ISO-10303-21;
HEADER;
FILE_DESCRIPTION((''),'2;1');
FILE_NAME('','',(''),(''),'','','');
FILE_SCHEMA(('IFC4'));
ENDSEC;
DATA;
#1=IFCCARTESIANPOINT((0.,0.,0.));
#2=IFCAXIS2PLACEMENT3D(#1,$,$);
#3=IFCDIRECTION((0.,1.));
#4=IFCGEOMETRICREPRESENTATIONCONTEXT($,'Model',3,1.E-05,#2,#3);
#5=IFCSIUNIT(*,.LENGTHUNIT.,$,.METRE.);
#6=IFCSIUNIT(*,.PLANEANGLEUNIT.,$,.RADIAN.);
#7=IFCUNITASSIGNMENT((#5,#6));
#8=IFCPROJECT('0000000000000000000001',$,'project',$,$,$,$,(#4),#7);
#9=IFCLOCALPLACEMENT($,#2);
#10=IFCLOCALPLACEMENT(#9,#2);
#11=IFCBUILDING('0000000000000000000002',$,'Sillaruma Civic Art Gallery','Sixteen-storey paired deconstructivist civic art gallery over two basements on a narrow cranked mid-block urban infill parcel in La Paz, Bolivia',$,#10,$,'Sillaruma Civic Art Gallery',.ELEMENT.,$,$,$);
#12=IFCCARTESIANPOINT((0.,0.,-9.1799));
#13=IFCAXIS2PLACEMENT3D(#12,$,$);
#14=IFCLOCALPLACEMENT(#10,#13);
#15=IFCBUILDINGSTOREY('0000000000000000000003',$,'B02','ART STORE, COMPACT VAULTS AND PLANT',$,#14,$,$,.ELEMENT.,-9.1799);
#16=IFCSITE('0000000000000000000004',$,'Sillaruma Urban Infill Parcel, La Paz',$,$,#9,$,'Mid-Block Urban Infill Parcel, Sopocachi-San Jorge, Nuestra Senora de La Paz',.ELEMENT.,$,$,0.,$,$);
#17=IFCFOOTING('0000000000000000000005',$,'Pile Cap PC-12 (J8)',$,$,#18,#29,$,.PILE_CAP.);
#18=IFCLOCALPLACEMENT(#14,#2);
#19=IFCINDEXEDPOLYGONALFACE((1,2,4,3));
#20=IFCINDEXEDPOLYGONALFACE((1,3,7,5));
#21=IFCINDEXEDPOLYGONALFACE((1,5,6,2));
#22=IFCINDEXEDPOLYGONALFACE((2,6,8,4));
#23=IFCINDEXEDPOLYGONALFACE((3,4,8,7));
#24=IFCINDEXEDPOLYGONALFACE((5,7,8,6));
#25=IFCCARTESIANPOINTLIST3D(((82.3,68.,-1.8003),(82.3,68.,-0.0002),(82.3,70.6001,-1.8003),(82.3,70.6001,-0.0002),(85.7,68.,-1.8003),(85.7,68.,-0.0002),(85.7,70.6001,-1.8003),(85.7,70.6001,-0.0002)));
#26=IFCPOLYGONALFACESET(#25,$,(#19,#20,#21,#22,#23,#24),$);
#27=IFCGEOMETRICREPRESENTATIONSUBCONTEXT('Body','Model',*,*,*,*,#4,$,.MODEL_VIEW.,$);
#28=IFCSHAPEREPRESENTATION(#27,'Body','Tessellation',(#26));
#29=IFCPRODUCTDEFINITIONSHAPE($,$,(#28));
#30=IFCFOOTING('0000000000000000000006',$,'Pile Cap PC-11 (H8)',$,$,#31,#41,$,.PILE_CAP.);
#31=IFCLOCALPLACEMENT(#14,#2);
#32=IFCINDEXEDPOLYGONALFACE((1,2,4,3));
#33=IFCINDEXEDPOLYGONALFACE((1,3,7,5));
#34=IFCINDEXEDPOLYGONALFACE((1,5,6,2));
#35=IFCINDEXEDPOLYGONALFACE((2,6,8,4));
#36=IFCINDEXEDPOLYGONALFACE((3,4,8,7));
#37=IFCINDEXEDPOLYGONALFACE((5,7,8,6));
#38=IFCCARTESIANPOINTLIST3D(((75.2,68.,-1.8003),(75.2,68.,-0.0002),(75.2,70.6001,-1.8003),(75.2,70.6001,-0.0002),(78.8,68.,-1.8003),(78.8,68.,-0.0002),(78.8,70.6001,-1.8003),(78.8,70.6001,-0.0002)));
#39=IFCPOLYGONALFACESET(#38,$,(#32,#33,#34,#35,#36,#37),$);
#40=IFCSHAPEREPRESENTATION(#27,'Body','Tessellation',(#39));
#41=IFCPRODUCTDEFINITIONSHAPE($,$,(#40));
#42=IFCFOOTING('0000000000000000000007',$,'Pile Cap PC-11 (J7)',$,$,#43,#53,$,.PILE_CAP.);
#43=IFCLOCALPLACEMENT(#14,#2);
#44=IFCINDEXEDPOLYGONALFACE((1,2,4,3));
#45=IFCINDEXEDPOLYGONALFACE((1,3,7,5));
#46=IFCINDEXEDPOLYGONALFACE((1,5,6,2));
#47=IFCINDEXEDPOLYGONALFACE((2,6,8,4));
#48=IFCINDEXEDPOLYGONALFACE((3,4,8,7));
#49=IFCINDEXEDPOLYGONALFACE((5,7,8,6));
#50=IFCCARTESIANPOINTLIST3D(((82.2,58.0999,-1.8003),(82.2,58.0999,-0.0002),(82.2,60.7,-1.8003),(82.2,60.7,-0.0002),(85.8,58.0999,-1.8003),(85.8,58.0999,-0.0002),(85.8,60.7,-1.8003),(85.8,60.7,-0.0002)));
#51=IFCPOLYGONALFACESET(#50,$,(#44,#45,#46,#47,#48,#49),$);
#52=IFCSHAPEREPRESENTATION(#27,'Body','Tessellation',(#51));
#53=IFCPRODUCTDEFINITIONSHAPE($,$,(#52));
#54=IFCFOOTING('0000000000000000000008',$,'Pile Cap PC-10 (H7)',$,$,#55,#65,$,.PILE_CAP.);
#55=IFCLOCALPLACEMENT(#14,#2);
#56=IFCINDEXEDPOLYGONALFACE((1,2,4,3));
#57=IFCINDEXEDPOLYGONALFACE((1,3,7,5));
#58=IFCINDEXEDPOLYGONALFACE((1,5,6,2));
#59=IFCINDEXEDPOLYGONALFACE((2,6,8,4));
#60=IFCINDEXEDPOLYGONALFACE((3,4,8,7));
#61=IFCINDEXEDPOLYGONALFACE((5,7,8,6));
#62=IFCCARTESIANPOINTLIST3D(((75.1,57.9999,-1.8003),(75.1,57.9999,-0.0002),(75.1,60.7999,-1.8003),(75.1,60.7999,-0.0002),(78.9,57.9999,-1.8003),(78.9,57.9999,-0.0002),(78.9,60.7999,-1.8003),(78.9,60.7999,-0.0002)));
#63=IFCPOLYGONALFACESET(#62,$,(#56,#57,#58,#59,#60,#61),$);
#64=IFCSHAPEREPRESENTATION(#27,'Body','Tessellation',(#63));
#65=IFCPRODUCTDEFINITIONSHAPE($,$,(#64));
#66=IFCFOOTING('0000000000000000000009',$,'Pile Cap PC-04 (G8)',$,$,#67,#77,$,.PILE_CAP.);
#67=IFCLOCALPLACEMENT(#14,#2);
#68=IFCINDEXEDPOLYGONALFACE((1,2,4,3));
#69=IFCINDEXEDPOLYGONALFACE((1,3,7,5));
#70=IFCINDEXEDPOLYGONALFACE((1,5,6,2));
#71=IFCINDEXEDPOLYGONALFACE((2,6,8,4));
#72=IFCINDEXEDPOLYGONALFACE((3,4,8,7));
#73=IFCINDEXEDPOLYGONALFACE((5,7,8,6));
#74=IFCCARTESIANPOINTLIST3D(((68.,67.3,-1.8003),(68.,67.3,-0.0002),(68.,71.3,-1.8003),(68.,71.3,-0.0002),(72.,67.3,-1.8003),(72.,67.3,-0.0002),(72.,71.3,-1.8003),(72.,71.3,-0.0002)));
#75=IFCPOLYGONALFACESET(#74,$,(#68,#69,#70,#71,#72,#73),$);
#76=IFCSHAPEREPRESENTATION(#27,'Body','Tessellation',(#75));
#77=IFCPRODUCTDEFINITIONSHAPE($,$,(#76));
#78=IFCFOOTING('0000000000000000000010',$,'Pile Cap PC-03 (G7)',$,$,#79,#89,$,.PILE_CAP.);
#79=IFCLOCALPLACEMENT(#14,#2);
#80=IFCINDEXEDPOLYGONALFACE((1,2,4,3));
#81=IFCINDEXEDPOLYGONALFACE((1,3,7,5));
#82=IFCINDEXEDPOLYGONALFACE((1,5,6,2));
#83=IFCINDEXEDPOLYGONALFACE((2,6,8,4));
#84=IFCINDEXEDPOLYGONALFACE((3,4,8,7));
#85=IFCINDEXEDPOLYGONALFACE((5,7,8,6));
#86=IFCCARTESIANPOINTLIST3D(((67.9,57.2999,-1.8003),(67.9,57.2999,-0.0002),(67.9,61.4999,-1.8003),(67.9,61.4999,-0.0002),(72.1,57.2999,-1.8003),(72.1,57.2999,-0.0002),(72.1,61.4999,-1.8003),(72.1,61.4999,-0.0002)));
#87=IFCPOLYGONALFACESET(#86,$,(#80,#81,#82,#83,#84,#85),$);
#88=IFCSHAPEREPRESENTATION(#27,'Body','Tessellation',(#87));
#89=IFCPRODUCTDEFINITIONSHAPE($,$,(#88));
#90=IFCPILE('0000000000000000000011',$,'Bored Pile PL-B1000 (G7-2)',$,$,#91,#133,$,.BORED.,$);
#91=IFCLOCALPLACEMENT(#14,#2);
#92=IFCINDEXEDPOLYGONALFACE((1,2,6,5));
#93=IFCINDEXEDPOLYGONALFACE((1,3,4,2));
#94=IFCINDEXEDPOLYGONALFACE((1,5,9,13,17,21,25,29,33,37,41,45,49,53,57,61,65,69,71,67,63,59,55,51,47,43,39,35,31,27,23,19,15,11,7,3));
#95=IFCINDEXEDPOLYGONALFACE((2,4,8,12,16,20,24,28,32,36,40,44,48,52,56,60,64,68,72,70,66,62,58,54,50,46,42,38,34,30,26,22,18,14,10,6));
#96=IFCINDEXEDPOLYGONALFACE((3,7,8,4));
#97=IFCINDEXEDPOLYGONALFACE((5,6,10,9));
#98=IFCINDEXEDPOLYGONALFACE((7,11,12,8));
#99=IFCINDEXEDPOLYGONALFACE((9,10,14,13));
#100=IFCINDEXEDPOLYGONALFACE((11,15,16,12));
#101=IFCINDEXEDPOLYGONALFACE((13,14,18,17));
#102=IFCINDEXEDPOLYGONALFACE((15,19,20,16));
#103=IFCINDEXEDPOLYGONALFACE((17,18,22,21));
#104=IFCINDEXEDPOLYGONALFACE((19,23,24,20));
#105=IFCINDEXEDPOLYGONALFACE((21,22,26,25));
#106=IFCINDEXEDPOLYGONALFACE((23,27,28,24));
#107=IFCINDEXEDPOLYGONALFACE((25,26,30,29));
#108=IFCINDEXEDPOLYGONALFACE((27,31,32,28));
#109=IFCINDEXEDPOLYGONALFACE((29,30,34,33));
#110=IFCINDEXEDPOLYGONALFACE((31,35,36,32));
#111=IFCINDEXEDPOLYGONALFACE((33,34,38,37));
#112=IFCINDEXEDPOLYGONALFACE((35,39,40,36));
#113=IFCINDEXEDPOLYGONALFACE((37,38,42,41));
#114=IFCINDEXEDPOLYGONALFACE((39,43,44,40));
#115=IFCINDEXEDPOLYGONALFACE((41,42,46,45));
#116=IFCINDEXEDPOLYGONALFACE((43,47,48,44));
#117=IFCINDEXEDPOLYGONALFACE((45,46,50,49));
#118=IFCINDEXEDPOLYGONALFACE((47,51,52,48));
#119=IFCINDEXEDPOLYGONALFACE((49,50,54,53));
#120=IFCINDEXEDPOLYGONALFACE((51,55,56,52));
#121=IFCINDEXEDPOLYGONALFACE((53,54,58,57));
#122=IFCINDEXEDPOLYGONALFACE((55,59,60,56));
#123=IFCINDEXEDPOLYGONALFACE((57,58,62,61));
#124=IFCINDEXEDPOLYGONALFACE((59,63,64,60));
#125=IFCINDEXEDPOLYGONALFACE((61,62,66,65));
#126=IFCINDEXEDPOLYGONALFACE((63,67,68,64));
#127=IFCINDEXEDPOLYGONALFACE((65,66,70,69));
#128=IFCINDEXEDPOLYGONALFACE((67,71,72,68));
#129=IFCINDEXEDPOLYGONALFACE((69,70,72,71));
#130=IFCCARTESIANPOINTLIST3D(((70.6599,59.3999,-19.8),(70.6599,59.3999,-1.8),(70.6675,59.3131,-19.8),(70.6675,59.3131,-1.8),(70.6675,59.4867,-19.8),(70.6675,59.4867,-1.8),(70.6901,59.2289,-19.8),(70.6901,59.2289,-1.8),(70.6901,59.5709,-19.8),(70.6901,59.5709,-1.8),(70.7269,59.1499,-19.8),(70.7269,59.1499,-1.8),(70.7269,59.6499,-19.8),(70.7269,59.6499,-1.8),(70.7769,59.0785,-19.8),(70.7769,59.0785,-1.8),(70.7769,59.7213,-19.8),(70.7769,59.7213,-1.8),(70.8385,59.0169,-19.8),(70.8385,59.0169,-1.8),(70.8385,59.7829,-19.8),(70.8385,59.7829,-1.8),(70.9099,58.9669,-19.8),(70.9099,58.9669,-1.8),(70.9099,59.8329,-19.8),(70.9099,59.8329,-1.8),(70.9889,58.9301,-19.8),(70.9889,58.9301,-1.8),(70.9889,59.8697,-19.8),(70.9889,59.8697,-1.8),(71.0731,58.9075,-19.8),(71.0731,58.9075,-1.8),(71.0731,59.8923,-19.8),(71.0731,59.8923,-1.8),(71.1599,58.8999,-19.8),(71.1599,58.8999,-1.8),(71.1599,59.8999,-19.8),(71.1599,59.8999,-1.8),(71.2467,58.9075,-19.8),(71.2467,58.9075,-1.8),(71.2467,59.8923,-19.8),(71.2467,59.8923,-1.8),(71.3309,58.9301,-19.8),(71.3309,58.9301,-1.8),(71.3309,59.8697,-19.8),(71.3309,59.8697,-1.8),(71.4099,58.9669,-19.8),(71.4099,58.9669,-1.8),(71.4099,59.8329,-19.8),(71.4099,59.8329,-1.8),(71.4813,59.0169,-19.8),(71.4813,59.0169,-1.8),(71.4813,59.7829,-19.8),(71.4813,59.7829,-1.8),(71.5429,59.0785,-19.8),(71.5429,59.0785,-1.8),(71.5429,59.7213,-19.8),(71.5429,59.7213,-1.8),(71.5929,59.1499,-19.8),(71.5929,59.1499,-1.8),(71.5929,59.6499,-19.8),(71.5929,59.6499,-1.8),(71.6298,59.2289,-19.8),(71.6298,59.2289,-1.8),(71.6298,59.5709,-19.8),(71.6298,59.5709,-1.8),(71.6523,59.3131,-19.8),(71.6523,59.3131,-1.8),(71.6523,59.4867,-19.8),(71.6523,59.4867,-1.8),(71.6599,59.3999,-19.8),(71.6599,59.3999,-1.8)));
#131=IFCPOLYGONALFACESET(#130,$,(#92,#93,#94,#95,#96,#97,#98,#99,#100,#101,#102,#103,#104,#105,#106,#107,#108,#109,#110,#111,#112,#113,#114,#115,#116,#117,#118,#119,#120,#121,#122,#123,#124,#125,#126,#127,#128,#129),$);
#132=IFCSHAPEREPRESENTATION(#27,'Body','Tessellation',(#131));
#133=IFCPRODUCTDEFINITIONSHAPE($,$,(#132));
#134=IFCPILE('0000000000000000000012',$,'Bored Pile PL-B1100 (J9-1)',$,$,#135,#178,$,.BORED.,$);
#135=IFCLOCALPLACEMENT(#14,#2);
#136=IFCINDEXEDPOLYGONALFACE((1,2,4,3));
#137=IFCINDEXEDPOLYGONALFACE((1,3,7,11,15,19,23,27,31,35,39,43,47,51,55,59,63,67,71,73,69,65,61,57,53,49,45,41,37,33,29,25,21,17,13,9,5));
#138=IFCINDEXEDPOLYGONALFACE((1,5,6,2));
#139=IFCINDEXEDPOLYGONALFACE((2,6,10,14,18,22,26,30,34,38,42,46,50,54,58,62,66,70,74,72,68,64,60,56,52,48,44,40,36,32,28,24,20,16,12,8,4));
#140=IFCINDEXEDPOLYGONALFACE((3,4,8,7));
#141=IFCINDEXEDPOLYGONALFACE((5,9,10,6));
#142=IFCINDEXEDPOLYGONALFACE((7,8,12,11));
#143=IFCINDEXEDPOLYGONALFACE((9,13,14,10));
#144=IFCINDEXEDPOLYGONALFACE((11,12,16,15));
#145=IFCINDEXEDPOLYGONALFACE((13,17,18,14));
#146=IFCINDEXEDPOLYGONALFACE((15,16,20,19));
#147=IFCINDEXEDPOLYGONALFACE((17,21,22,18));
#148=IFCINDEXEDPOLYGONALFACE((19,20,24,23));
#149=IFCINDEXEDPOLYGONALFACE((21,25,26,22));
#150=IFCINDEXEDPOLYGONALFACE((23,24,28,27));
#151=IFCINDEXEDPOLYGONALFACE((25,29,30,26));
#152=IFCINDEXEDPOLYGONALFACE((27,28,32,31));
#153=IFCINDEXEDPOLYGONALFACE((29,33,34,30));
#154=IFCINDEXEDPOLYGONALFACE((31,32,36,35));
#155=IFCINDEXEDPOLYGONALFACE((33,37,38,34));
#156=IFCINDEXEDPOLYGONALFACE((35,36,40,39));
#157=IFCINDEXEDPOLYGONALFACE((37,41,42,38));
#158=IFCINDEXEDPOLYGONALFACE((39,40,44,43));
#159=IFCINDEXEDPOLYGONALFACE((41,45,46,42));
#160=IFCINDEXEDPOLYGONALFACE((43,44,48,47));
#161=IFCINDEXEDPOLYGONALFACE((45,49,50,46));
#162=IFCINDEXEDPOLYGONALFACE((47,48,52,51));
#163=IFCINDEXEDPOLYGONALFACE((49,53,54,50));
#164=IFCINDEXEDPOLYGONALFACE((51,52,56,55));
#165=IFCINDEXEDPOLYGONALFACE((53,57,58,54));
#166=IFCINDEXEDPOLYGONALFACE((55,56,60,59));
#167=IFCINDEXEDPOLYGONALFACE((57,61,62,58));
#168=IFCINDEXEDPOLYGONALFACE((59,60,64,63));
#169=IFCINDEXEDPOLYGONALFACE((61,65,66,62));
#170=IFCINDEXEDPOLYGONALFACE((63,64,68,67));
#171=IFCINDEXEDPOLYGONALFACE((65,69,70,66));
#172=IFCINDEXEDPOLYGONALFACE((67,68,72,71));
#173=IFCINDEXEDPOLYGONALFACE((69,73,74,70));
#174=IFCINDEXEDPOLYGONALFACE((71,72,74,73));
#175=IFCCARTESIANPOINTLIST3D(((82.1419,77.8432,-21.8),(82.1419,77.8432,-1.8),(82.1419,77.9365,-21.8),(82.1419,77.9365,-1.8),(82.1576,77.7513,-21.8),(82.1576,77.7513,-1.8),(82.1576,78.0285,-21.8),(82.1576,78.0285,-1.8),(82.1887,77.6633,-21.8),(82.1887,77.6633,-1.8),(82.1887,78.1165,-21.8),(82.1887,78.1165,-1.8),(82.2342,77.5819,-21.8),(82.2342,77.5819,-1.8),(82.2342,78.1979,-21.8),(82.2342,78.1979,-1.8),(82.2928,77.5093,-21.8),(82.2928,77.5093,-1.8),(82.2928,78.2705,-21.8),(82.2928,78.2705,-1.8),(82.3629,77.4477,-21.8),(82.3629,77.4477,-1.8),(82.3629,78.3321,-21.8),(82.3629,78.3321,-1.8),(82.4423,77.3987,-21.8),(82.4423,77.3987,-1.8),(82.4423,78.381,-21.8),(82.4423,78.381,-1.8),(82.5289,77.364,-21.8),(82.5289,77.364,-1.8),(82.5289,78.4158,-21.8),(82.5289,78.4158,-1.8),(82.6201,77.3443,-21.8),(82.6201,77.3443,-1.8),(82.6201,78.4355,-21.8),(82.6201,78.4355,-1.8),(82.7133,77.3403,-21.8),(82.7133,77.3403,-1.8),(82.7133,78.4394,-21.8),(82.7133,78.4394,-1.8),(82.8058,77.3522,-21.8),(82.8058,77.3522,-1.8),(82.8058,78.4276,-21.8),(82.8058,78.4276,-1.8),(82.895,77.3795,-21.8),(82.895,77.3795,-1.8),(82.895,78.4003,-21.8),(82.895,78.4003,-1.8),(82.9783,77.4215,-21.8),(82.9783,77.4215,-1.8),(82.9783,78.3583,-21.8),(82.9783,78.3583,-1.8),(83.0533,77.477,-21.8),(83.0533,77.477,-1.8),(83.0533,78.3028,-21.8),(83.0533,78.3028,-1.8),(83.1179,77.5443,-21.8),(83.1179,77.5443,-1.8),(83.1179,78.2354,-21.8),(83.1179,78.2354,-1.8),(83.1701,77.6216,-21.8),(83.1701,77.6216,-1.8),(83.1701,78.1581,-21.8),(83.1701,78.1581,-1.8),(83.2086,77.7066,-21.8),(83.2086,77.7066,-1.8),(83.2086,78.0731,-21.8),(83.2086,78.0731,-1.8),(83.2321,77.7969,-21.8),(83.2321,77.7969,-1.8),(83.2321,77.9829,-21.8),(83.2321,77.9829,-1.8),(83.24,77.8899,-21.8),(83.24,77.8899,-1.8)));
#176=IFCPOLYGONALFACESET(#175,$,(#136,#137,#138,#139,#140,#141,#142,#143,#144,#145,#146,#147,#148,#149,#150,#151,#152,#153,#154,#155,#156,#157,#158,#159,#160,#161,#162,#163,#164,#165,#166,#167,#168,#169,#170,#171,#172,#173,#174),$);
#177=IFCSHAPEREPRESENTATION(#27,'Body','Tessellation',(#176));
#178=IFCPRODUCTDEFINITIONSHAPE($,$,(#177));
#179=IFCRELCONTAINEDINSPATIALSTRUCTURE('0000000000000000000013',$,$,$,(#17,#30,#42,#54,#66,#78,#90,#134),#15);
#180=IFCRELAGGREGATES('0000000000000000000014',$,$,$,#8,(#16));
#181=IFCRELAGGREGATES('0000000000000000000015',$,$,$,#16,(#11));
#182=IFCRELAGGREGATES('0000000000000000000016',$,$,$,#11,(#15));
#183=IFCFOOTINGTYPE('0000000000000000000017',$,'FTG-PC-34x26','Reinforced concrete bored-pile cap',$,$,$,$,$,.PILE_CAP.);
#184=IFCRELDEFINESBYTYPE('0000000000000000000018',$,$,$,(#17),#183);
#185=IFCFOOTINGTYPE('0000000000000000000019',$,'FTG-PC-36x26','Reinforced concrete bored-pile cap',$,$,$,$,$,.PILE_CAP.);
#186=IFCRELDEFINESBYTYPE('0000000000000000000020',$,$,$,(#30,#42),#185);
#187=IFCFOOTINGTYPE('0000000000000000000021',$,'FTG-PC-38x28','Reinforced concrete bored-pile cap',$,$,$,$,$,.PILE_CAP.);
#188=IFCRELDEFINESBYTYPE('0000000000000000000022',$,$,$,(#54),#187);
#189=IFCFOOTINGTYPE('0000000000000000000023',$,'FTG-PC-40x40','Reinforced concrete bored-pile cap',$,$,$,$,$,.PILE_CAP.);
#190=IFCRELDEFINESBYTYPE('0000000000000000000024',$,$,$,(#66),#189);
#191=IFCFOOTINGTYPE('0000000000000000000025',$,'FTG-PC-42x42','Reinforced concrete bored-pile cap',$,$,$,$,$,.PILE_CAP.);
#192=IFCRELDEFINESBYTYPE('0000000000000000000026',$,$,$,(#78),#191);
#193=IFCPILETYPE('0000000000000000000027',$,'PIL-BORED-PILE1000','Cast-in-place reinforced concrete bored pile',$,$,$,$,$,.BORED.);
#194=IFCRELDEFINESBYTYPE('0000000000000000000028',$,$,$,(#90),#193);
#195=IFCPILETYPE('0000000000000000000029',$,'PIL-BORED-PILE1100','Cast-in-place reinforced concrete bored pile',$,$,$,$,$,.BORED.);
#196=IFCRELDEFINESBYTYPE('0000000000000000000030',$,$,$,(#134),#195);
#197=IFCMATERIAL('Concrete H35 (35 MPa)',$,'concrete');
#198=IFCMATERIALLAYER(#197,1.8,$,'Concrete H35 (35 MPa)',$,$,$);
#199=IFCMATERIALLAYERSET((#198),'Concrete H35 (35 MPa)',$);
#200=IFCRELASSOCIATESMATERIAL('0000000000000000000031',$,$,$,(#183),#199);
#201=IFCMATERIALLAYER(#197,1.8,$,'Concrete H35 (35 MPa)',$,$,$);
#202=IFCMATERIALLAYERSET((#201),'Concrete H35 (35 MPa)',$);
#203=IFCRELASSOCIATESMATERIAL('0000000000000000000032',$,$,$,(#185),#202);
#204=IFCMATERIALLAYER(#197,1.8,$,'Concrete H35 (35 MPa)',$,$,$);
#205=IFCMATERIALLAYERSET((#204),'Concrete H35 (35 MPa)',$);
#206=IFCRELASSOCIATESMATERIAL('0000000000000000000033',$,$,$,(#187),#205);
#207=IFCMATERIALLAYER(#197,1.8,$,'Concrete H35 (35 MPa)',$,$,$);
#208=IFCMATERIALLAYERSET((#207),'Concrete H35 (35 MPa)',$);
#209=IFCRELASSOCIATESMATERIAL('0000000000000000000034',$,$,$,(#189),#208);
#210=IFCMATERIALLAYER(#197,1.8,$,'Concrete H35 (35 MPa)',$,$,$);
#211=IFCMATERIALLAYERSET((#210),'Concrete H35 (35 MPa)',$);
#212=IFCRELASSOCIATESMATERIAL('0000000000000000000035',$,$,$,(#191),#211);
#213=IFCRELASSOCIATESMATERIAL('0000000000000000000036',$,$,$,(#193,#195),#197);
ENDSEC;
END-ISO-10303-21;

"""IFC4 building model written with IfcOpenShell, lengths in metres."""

from ifc_helpers import new_model, si_unit, direction, frame, origin, origin_2d, place, context, subcontext, project, spatial, rectangle, circle, extrude, material, layer, layer_set, material_profile, profile_set, type_object, element, save


model = new_model("IFC4")

# Units and contexts
model_context = context("Model", 3, precision=1e-05, world=origin(), true_north=direction((0.0, 1.0)))
body_context = subcontext(model_context, "Body", "Model", "MODEL_VIEW")
ifc_project = project(units=[si_unit("LENGTHUNIT", "METRE"), si_unit("PLANEANGLEUNIT", "RADIAN")], contexts=[model_context])

# Site, building, storey
site_placement = place(None, origin())
site = spatial("IfcSite", under=ifc_project, at=site_placement, Name="Sillaruma Urban Infill Parcel, La Paz", LongName="Mid-Block Urban Infill Parcel, Sopocachi-San Jorge, Nuestra Senora de La Paz", CompositionType="ELEMENT", RefElevation=0.0)
building_placement = place(site_placement, origin())
building = spatial("IfcBuilding", under=site, at=building_placement, Name="Sillaruma Civic Art Gallery", Description="Sixteen-storey paired deconstructivist civic art gallery over two basements on a narrow cranked mid-block urban infill parcel in La Paz, Bolivia", LongName="Sillaruma Civic Art Gallery", CompositionType="ELEMENT")
storey_placement = place(building_placement, frame((0.0, 0.0, -9.1799)))
storey = spatial("IfcBuildingStorey", under=building, at=storey_placement, Name="B02", Description="ART STORE, COMPACT VAULTS AND PLANT", CompositionType="ELEMENT", Elevation=-9.1799)

# Footings
ifc_material_1 = material(Name="Concrete H35 (35 MPa)", Category="concrete")
ifc_layer_1 = layer(ifc_material_1, 1.8, Name="Concrete H35 (35 MPa)")
ifc_layer_set_1 = layer_set([ifc_layer_1], Name="Concrete H35 (35 MPa)")
footing_type_1 = type_object("IfcFootingType", Name="FTG-PC-34x26", Description="Reinforced concrete bored-pile cap", PredefinedType="PILE_CAP", material=ifc_layer_set_1)
footing_1_placement = place(storey_placement, frame((84.0, 69.3, -1.8003), z_axis=(0.0, 0.0, 1.0), x_axis=(1.0, 0.0, 0.0)))
element("IfcFooting", 1, at=footing_1_placement, inside=storey, type_object=footing_type_1, Name="Pile Cap PC-12 (J8)", PredefinedType="PILE_CAP", context=body_context, shape_type="SweptSolid", body=[
    extrude(rectangle(XDim=3.3999, YDim=2.6001, at=origin_2d()), origin(), (0.0, 0.0, 1.0), 1.8),
])
ifc_layer_2 = layer(ifc_material_1, 1.8, Name="Concrete H35 (35 MPa)")
ifc_layer_set_2 = layer_set([ifc_layer_2], Name="Concrete H35 (35 MPa)")
footing_type_2 = type_object("IfcFootingType", Name="FTG-PC-36x26", Description="Reinforced concrete bored-pile cap", PredefinedType="PILE_CAP", material=ifc_layer_set_2)
for number, where, z_axis, x_axis, name in (
    (2, (77.0, 69.3, -1.8003), (0.0, 0.0, 1.0), (1.0, 0.0, 0.0), "Pile Cap PC-11 (H8)"),
    (3, (84.0, 59.3999, -1.8003), (0.0, 0.0, 1.0), (1.0, 0.0, 0.0), "Pile Cap PC-11 (J7)"),
):
    element("IfcFooting", number, at=place(storey_placement, frame(where, z_axis=z_axis, x_axis=x_axis)), inside=storey, type_object=footing_type_2, Name=name, PredefinedType="PILE_CAP", context=body_context, shape_type="SweptSolid", body=[
        extrude(rectangle(XDim=3.6001, YDim=2.6001, at=origin_2d()), origin(), (0.0, 0.0, 1.0), 1.8),
    ])
ifc_layer_3 = layer(ifc_material_1, 1.8, Name="Concrete H35 (35 MPa)")
ifc_layer_set_3 = layer_set([ifc_layer_3], Name="Concrete H35 (35 MPa)")
footing_type_3 = type_object("IfcFootingType", Name="FTG-PC-38x28", Description="Reinforced concrete bored-pile cap", PredefinedType="PILE_CAP", material=ifc_layer_set_3)
footing_2_placement = place(storey_placement, frame((77.0, 59.3999, -1.8003), z_axis=(0.0, 0.0, 1.0), x_axis=(1.0, 0.0, 0.0)))
element("IfcFooting", 4, at=footing_2_placement, inside=storey, type_object=footing_type_3, Name="Pile Cap PC-10 (H7)", PredefinedType="PILE_CAP", context=body_context, shape_type="SweptSolid", body=[
    extrude(rectangle(XDim=3.8, YDim=2.8, at=origin_2d()), origin(), (0.0, 0.0, 1.0), 1.8),
])
ifc_layer_4 = layer(ifc_material_1, 1.8, Name="Concrete H35 (35 MPa)")
ifc_layer_set_4 = layer_set([ifc_layer_4], Name="Concrete H35 (35 MPa)")
footing_type_4 = type_object("IfcFootingType", Name="FTG-PC-40x40", Description="Reinforced concrete bored-pile cap", PredefinedType="PILE_CAP", material=ifc_layer_set_4)
footing_3_placement = place(storey_placement, frame((70.0, 69.3, -1.8003), z_axis=(0.0, 0.0, 1.0), x_axis=(1.0, 0.0, 0.0)))
element("IfcFooting", 5, at=footing_3_placement, inside=storey, type_object=footing_type_4, Name="Pile Cap PC-04 (G8)", PredefinedType="PILE_CAP", context=body_context, shape_type="SweptSolid", body=[
    extrude(rectangle(XDim=4.0, YDim=4.0, at=origin_2d()), origin(), (0.0, 0.0, 1.0), 1.8),
])
ifc_layer_5 = layer(ifc_material_1, 1.8, Name="Concrete H35 (35 MPa)")
ifc_layer_set_5 = layer_set([ifc_layer_5], Name="Concrete H35 (35 MPa)")
footing_type_5 = type_object("IfcFootingType", Name="FTG-PC-42x42", Description="Reinforced concrete bored-pile cap", PredefinedType="PILE_CAP", material=ifc_layer_set_5)
footing_4_placement = place(storey_placement, frame((70.0, 59.3999, -1.8003), z_axis=(0.0, 0.0, 1.0), x_axis=(1.0, 0.0, 0.0)))
element("IfcFooting", 6, at=footing_4_placement, inside=storey, type_object=footing_type_5, Name="Pile Cap PC-03 (G7)", PredefinedType="PILE_CAP", context=body_context, shape_type="SweptSolid", body=[
    extrude(rectangle(XDim=4.2, YDim=4.2, at=origin_2d()), origin(), (0.0, 0.0, 1.0), 1.8),
])

# Piles
ifc_material_profile_1 = material_profile(ifc_material_1, circle(Radius=0.5, at=origin_2d()), Name="PILE1000")
ifc_profile_set_1 = profile_set([ifc_material_profile_1], Name="Concrete H35 (35 MPa)")
pile_type_1 = type_object("IfcPileType", Name="PIL-BORED-PILE1000", Description="Cast-in-place reinforced concrete bored pile", PredefinedType="BORED", material=ifc_profile_set_1)
pile_1_placement = place(storey_placement, frame((71.1599, 59.3999, -1.8), z_axis=(0.0, 0.0, -1.0), x_axis=(1.0, 0.0, 0.0)))
element("IfcPile", 7, at=pile_1_placement, inside=storey, type_object=pile_type_1, Name="Bored Pile PL-B1000 (G7-2)", PredefinedType="BORED", context=body_context, shape_type="SweptSolid", body=[
    extrude(circle(Radius=0.5, at=origin_2d()), origin(), (0.0, 0.0, 1.0), 18.0),
])
ifc_material_profile_2 = material_profile(ifc_material_1, circle(Radius=0.55, at=origin_2d()), Name="PILE1100")
ifc_profile_set_2 = profile_set([ifc_material_profile_2], Name="Concrete H35 (35 MPa)")
pile_type_2 = type_object("IfcPileType", Name="PIL-BORED-PILE1100", Description="Cast-in-place reinforced concrete bored pile", PredefinedType="BORED", material=ifc_profile_set_2)
pile_2_placement = place(storey_placement, frame((82.6899, 77.8899, -1.8), z_axis=(0.0, 0.0, -1.0), x_axis=(1.0, 0.0, 0.0)))
element("IfcPile", 8, at=pile_2_placement, inside=storey, type_object=pile_type_2, Name="Bored Pile PL-B1100 (J9-1)", PredefinedType="BORED", context=body_context, shape_type="SweptSolid", body=[
    extrude(circle(Radius=0.55, at=origin_2d()), origin(), (0.0, 0.0, 1.0), 20.0),
])

save(model, "model.ifc")
